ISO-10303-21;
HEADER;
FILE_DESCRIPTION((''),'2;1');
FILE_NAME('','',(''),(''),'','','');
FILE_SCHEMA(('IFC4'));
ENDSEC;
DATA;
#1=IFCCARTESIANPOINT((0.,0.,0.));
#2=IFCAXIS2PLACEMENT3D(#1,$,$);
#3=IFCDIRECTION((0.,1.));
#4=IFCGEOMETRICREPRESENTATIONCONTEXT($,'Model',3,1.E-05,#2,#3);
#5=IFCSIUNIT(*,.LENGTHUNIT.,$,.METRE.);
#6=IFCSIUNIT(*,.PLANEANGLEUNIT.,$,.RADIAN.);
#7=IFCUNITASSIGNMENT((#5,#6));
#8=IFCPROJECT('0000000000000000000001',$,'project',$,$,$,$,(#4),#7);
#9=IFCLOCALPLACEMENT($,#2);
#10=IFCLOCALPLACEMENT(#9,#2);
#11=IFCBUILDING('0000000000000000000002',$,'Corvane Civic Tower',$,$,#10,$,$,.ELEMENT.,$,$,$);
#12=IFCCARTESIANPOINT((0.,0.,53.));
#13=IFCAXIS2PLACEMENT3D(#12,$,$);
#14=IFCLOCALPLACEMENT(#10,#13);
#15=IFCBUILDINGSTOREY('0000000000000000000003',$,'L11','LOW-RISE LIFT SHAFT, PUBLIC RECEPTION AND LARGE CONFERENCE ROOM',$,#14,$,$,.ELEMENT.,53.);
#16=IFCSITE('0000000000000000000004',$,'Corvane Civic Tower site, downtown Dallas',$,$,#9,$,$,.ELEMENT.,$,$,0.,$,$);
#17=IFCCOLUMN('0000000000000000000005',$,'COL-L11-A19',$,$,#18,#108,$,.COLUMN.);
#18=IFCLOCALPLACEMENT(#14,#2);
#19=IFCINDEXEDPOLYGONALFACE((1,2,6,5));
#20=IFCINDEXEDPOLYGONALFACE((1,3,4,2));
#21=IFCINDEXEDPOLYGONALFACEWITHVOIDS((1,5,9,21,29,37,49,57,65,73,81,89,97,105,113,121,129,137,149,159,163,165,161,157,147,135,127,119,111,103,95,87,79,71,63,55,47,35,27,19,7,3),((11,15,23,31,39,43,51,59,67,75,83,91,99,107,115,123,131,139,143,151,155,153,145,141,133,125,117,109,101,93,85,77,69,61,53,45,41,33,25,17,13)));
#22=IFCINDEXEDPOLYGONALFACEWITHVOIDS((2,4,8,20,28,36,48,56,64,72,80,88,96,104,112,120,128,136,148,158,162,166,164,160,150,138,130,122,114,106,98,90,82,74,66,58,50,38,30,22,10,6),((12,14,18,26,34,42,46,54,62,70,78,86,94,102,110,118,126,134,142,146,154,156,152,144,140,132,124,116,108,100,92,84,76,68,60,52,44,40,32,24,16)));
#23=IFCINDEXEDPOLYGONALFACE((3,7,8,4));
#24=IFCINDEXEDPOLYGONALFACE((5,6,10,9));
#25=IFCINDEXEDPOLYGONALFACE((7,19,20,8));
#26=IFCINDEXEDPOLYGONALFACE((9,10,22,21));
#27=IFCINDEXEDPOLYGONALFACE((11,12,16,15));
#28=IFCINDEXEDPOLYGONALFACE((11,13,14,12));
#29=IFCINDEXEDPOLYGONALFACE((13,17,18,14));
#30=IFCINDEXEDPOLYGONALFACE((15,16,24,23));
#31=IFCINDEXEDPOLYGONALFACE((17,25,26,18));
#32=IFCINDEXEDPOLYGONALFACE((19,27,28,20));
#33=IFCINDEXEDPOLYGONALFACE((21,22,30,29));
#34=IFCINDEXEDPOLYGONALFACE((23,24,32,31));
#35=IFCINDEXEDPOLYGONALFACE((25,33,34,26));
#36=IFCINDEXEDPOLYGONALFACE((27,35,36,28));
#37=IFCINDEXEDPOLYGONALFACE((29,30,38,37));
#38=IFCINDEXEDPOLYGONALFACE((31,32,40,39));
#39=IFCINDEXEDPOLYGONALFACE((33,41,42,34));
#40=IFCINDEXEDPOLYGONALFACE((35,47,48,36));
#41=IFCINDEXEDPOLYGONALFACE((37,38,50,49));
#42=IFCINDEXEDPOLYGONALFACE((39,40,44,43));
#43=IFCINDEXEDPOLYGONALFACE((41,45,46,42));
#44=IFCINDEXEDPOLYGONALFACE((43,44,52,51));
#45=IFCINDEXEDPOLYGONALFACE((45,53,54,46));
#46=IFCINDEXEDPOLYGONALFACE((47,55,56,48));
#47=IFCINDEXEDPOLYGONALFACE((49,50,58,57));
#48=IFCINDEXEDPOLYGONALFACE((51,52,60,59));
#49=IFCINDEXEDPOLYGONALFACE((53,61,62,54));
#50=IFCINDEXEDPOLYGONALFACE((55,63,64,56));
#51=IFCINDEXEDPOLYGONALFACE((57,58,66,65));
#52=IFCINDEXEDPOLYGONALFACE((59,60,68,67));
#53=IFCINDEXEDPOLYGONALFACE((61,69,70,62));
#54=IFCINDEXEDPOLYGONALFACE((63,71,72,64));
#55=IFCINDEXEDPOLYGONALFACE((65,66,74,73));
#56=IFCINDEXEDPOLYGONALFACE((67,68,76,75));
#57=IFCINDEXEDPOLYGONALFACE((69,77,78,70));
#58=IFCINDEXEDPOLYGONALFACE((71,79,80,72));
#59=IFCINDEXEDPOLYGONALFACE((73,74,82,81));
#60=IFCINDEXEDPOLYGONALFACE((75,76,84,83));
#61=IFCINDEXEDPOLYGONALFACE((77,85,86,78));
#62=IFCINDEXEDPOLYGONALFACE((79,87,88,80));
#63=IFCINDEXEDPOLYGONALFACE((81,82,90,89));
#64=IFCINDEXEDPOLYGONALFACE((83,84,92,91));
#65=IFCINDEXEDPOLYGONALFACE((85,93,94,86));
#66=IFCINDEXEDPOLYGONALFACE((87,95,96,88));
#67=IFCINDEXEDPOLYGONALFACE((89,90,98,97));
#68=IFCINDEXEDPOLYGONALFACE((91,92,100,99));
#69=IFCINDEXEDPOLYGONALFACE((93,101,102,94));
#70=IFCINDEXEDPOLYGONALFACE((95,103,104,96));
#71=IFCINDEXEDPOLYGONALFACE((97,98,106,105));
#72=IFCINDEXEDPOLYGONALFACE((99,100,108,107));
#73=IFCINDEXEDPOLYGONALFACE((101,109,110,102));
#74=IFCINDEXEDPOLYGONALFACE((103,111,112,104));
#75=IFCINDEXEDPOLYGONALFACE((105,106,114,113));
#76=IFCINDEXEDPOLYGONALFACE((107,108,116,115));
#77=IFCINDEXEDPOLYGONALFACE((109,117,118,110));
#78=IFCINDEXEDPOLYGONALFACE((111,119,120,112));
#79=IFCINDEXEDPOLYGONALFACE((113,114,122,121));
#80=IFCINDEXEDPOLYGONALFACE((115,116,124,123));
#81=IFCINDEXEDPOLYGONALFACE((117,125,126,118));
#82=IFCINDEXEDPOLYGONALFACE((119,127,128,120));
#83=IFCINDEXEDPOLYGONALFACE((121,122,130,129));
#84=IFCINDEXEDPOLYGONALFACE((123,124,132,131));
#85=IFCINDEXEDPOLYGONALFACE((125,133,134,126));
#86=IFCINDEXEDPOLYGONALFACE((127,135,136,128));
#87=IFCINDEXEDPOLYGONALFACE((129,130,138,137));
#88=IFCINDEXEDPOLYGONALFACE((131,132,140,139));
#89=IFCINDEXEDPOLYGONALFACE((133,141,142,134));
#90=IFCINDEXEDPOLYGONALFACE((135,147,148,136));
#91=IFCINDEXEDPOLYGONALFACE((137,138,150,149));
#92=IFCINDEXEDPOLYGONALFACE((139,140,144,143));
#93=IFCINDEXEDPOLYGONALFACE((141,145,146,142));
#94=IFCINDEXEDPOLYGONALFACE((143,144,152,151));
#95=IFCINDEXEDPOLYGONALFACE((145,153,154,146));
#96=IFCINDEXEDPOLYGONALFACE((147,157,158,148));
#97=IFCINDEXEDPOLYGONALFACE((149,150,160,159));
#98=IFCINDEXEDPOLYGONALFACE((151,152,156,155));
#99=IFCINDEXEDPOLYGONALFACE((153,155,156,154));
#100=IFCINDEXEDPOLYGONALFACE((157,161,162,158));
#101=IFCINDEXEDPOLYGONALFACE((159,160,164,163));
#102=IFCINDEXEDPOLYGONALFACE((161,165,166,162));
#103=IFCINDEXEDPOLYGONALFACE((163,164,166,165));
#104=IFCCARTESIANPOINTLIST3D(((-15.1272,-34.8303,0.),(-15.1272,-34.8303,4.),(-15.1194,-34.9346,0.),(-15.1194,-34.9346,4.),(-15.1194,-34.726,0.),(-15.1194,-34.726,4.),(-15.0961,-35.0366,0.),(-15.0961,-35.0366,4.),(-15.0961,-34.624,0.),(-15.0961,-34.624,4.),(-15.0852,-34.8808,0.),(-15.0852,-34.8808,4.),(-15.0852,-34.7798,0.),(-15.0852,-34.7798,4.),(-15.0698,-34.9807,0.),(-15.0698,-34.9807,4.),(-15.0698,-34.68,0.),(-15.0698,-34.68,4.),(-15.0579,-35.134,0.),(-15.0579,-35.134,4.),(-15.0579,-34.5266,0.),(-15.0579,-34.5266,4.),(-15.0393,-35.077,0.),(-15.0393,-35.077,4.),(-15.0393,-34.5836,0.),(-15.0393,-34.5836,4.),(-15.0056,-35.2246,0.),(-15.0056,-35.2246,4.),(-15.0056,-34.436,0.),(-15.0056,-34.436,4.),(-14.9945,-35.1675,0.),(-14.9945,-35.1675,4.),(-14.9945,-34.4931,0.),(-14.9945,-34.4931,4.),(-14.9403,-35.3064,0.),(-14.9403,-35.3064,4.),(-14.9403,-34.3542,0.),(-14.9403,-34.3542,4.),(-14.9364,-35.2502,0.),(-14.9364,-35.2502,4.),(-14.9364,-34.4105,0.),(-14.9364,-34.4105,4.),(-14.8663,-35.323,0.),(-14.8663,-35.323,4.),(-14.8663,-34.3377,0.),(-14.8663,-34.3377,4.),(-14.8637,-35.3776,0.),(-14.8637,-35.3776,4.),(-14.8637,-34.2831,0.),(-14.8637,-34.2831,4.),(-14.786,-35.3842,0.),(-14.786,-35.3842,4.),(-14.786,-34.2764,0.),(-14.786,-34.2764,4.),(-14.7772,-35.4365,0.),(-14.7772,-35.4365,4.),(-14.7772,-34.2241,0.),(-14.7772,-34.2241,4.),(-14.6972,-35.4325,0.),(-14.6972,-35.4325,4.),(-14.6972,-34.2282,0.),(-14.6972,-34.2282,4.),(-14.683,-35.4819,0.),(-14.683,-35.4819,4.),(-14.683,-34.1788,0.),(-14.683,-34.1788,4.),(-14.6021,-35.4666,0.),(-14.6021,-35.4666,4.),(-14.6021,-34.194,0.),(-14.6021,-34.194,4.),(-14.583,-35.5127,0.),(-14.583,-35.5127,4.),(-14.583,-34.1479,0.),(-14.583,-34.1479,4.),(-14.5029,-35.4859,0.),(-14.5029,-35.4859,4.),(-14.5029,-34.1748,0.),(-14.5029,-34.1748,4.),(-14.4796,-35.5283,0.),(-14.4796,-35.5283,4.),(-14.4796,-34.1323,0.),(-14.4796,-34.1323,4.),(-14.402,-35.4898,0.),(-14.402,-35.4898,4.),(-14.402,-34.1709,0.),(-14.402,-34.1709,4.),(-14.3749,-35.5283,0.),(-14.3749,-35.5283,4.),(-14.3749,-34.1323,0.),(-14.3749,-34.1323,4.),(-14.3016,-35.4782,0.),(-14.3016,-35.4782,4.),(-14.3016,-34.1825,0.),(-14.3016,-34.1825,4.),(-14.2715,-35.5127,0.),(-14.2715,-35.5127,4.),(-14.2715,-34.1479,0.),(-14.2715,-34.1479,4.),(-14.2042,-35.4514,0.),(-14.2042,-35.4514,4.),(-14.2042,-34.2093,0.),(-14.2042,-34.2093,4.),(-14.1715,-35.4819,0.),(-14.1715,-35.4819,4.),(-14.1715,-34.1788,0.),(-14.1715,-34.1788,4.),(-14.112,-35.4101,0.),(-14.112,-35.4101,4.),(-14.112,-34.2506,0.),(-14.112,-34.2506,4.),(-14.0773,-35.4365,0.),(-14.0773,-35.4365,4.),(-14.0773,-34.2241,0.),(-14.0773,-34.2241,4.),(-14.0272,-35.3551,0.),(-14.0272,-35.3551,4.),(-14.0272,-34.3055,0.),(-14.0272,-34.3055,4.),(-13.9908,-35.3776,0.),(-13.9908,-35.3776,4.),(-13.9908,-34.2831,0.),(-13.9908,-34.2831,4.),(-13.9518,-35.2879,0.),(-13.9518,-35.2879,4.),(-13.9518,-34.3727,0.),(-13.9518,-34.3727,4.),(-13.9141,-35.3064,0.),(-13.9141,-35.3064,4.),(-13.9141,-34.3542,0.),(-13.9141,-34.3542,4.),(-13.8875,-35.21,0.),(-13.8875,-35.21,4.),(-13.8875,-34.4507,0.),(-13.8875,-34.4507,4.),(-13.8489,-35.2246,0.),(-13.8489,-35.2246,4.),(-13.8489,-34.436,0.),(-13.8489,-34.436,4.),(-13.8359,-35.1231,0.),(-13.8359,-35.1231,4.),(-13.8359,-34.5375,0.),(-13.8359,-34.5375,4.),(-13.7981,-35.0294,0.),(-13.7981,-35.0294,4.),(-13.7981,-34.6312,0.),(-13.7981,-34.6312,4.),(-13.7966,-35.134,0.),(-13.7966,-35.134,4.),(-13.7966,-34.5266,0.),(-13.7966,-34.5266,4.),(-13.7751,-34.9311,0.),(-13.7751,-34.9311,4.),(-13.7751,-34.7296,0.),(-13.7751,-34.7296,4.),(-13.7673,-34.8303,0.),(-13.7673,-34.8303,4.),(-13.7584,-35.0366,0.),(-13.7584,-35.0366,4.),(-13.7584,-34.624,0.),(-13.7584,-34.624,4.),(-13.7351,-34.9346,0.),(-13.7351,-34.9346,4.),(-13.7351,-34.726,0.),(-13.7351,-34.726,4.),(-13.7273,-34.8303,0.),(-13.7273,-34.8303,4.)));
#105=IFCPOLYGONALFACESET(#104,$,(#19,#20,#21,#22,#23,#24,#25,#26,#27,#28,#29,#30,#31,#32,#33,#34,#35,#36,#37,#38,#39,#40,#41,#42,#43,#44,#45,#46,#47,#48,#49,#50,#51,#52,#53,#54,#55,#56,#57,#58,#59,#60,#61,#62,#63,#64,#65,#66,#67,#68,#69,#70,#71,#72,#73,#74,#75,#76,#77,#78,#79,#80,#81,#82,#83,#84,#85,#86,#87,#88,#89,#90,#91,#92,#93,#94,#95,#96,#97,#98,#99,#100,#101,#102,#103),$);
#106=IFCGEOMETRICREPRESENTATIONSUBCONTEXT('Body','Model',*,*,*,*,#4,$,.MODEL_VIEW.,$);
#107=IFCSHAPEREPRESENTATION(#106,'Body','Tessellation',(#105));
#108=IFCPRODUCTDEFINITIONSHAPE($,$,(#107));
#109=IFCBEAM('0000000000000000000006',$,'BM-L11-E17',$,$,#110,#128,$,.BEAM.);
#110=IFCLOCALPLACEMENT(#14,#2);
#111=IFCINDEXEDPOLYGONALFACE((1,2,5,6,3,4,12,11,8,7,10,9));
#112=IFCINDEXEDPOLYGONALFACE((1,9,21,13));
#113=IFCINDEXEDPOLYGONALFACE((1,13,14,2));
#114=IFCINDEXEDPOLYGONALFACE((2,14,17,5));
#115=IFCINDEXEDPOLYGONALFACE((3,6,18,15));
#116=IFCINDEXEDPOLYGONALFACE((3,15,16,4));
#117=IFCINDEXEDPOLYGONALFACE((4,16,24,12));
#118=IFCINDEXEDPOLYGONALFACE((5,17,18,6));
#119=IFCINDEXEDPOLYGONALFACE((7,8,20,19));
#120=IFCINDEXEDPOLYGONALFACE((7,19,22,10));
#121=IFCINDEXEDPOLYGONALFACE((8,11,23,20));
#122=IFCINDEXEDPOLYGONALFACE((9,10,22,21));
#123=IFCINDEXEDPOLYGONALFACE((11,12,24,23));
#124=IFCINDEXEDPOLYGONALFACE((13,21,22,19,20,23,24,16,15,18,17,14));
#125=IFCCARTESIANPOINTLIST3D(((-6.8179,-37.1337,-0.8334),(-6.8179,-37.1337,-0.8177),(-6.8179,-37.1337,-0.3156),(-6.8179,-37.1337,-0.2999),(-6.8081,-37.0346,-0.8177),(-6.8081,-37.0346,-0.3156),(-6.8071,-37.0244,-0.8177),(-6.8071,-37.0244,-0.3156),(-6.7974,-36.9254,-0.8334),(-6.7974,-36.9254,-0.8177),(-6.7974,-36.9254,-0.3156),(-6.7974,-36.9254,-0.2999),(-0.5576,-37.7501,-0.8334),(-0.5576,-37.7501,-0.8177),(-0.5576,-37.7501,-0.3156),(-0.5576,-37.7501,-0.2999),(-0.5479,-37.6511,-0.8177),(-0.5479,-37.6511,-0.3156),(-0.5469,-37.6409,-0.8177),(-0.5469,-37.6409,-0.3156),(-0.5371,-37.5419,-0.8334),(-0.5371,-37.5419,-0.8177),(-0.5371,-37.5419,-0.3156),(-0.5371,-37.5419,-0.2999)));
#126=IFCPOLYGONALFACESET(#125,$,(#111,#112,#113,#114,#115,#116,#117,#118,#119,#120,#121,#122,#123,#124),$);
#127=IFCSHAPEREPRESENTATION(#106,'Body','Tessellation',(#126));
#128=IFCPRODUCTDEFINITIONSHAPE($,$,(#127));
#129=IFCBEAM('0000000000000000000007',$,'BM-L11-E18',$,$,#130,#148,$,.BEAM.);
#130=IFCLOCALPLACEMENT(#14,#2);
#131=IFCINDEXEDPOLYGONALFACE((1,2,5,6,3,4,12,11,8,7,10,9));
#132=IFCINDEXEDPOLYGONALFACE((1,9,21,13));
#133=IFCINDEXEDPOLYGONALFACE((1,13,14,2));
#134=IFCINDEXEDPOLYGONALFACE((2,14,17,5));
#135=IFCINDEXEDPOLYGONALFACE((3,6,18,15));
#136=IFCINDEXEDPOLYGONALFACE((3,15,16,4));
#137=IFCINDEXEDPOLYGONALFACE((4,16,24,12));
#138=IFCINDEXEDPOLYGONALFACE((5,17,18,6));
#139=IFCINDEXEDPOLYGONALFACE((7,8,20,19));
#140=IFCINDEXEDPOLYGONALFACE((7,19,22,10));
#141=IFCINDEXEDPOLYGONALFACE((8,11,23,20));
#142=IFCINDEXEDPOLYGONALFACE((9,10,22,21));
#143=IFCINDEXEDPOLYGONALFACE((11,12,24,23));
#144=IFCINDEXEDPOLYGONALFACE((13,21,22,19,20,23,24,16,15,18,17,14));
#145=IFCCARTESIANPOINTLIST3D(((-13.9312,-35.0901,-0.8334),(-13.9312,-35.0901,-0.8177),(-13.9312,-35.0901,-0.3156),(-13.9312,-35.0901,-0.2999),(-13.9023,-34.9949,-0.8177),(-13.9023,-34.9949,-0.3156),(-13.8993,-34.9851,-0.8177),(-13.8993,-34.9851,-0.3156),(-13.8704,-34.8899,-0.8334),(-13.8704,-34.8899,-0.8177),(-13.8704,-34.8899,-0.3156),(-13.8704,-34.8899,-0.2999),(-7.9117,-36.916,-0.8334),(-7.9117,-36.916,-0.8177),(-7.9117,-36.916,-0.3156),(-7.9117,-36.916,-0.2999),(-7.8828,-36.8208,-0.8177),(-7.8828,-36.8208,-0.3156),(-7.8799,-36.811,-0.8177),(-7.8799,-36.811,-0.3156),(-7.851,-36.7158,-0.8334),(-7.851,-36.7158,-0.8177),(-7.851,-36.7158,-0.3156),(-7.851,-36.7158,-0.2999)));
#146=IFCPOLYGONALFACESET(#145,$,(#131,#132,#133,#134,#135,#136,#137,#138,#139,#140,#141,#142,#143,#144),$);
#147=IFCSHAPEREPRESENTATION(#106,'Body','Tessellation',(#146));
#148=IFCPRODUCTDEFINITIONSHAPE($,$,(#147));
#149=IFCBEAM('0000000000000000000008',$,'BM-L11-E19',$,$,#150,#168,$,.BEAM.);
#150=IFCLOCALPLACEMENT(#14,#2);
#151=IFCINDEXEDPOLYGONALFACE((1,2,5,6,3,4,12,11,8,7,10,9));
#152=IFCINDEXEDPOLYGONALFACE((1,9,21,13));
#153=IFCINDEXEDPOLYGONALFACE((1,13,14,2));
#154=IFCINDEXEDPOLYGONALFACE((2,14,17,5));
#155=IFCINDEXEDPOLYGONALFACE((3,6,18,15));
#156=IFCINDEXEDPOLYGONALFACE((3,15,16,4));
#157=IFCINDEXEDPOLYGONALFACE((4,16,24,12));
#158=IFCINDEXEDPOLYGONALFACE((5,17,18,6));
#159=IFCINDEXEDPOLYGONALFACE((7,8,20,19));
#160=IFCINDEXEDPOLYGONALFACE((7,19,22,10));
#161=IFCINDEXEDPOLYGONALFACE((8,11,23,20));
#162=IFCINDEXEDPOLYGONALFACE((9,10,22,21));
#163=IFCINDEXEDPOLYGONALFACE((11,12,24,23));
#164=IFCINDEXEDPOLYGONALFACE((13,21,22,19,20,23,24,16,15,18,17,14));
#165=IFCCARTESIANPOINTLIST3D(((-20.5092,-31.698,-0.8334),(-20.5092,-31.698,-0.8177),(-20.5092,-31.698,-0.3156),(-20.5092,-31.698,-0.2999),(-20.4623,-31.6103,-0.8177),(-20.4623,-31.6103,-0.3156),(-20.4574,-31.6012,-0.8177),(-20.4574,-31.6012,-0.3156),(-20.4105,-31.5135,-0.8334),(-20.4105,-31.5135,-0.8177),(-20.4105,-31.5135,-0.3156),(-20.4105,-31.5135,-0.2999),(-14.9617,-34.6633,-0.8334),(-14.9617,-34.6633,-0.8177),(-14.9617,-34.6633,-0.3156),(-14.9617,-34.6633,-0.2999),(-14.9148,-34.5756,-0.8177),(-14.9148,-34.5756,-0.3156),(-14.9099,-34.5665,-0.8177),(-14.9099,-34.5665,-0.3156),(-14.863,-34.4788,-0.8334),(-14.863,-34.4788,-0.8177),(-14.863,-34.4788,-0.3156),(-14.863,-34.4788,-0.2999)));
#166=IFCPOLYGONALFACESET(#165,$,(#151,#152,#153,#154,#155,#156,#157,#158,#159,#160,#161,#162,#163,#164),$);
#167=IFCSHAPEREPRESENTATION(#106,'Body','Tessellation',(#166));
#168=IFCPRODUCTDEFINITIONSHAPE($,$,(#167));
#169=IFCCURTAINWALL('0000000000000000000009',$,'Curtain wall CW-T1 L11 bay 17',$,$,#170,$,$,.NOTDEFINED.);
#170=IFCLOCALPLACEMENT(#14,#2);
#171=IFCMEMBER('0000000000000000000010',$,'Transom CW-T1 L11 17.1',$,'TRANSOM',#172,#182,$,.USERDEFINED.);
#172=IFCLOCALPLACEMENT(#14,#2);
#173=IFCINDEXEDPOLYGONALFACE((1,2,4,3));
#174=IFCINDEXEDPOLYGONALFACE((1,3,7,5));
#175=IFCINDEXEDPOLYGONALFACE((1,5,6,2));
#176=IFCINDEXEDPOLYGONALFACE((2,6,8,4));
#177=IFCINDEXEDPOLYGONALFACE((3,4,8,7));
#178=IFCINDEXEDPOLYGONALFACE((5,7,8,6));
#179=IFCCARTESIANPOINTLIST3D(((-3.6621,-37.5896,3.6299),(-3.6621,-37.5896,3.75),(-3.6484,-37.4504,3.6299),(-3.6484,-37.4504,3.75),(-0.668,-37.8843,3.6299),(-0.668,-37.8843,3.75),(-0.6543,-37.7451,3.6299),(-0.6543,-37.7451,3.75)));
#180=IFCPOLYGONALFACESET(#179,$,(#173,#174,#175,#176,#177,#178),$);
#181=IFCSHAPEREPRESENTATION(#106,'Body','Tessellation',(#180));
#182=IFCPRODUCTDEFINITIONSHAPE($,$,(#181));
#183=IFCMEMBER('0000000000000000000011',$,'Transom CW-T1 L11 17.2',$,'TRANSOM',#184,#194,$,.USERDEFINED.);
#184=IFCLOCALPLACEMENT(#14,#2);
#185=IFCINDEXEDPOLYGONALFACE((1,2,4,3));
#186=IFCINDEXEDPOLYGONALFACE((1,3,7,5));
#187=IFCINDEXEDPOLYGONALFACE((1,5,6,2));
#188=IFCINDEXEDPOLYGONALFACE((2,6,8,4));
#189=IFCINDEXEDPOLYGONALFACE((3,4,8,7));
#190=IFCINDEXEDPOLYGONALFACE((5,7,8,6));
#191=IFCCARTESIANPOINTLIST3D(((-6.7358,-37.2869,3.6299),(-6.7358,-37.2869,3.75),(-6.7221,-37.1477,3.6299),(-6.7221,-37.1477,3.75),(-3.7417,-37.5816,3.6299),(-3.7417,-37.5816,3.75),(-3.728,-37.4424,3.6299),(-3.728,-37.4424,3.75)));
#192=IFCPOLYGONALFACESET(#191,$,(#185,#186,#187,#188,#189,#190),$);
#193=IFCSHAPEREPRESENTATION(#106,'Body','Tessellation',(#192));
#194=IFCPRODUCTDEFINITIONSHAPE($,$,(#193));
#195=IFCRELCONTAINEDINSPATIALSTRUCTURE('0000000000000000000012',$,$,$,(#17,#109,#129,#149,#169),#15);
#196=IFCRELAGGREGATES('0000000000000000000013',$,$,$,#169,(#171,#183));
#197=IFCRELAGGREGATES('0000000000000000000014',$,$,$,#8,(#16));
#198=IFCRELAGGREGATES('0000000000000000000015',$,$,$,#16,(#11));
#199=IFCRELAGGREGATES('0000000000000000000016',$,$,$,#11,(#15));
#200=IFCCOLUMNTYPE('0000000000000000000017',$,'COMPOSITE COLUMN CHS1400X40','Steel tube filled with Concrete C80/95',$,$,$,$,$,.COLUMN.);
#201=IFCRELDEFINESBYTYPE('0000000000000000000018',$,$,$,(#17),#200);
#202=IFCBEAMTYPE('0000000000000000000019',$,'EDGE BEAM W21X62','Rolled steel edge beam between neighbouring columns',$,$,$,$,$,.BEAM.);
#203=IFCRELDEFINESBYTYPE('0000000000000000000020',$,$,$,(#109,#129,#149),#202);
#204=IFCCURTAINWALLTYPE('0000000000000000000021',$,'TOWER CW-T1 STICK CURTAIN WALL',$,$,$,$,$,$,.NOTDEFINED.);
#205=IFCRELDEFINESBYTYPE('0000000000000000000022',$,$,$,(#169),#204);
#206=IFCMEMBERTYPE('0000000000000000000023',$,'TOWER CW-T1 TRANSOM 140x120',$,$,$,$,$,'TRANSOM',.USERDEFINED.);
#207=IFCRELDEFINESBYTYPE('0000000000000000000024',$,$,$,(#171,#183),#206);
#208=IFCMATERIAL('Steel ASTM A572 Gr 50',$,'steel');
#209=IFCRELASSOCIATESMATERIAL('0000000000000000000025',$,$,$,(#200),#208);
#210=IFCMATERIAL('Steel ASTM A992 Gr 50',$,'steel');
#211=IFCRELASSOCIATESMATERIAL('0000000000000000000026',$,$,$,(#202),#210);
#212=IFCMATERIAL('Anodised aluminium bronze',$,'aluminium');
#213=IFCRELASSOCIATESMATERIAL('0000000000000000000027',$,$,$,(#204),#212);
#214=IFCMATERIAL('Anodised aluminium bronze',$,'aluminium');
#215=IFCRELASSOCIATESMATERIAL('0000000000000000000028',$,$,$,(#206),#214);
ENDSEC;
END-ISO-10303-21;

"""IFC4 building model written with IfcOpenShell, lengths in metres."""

from ifc_helpers import new_model, si_unit, direction, frame, origin, origin_2d, place, context, subcontext, project, spatial, rectangle, hollow_circle, i_section, extrude, material, material_profile, profile_set, type_object, element, aggregate, save


model = new_model("IFC4")

# Units and contexts
model_context = context("Model", 3, precision=1e-05, world=origin(), true_north=direction((0.0, 1.0)))
body_context = subcontext(model_context, "Body", "Model", "MODEL_VIEW")
ifc_project = project(units=[si_unit("LENGTHUNIT", "METRE"), si_unit("PLANEANGLEUNIT", "RADIAN")], contexts=[model_context])

# Site, building, storey
site_placement = place(None, origin())
site = spatial("IfcSite", under=ifc_project, at=site_placement, Name="Corvane Civic Tower site, downtown Dallas", CompositionType="ELEMENT", RefElevation=0.0)
building_placement = place(site_placement, origin())
building = spatial("IfcBuilding", under=site, at=building_placement, Name="Corvane Civic Tower", CompositionType="ELEMENT")
storey_placement = place(building_placement, frame((0.0, 0.0, 53.0)))
storey = spatial("IfcBuildingStorey", under=building, at=storey_placement, Name="L11", Description="LOW-RISE LIFT SHAFT, PUBLIC RECEPTION AND LARGE CONFERENCE ROOM", CompositionType="ELEMENT", Elevation=53.0)

# Column
ifc_material_1 = material(Name="Steel ASTM A572 Gr 50", Category="steel")
ifc_material_profile_1 = material_profile(ifc_material_1, hollow_circle(Radius=0.7, WallThickness=0.04, at=origin_2d()), Name="CHS1400X40")
ifc_profile_set_1 = profile_set([ifc_material_profile_1], Name="Steel ASTM A572 Gr 50")
column_type = type_object("IfcColumnType", Name="COMPOSITE COLUMN CHS1400X40", Description="Steel tube filled with Concrete C80/95", PredefinedType="COLUMN", material=ifc_profile_set_1)
for number, where, z_axis, x_axis, name in (
    (1, (-14.4272, -34.8303, 0.0), (0.0, 0.0, 1.0), (1.0, 0.0, 0.0), "COL-L11-A19"),
):
    element("IfcColumn", number, at=place(storey_placement, frame(where, z_axis=z_axis, x_axis=x_axis)), inside=storey, type_object=column_type, Name=name, PredefinedType="COLUMN", context=body_context, shape_type="SweptSolid", body=[
        extrude(hollow_circle(Radius=0.7, WallThickness=0.04, at=origin_2d()), origin(), (0.0, 0.0, 1.0), 4.0),
    ])

# Beams
ifc_material_2 = material(Name="Steel ASTM A992 Gr 50", Category="steel")
ifc_material_profile_2 = material_profile(ifc_material_2, i_section(OverallWidth=0.2092, OverallDepth=0.5334, WebThickness=0.0103, FlangeThickness=0.0156, at=origin_2d()), Name="W21X62")
ifc_profile_set_2 = profile_set([ifc_material_profile_2], Name="Steel ASTM A992 Gr 50")
beam_type = type_object("IfcBeamType", Name="EDGE BEAM W21X62", Description="Rolled steel edge beam between neighbouring columns", PredefinedType="BEAM", material=ifc_profile_set_2)
beam_placement = place(storey_placement, frame((-0.5474, -37.646, -0.5667), z_axis=(-0.995187, 0.097997, 0.0), x_axis=(-0.097997, -0.995187, 0.0)))
element("IfcBeam", 2, at=beam_placement, inside=storey, type_object=beam_type, Name="BM-L11-E17", PredefinedType="BEAM", context=body_context, shape_type="SweptSolid", body=[
    extrude(i_section(OverallWidth=0.2092, OverallDepth=0.5334, WebThickness=0.0103, FlangeThickness=0.0156, at=origin_2d()), origin(), (0.0, 0.0, 1.0), 6.2905),
])
for number, where, z_axis, x_axis, name in (
    (3, (-7.8813, -36.8159, -0.5667), (-0.956944, 0.290273, 0.0), (-0.290273, -0.956944, 0.0), "BM-L11-E18"),
    (4, (-14.9124, -34.571, -0.5667), (-0.881916, 0.471406, 0.0), (-0.471406, -0.881916, 0.0), "BM-L11-E19"),
):
    element("IfcBeam", number, at=place(storey_placement, frame(where, z_axis=z_axis, x_axis=x_axis)), inside=storey, type_object=beam_type, Name=name, PredefinedType="BEAM", context=body_context, shape_type="SweptSolid", body=[
        extrude(i_section(OverallWidth=0.2092, OverallDepth=0.5334, WebThickness=0.0103, FlangeThickness=0.0156, at=origin_2d()), origin(), (0.0, 0.0, 1.0), 6.2903),
    ])

# Curtain wall, members
ifc_material_3 = material(Name="Anodised aluminium bronze", Category="aluminium")
curtain_wall_type = type_object("IfcCurtainWallType", Name="TOWER CW-T1 STICK CURTAIN WALL", PredefinedType="NOTDEFINED", material=ifc_material_3)
curtain_wall_1_placement = place(storey_placement, origin())
curtain_wall_1 = element("IfcCurtainWall", 5, at=curtain_wall_1_placement, inside=storey, type_object=curtain_wall_type, Name="Curtain wall CW-T1 L11 bay 17", PredefinedType="NOTDEFINED")
ifc_material_4 = material(Name="Anodised aluminium bronze", Category="aluminium")
ifc_material_profile_3 = material_profile(ifc_material_4, rectangle(XDim=0.1399, YDim=0.1201, at=origin_2d()), Name="TOWER CW-T1 TRANSOM 140x120")
ifc_profile_set_3 = profile_set([ifc_material_profile_3], Name="Anodised aluminium bronze")
member_type_1 = type_object("IfcMemberType", Name="TOWER CW-T1 TRANSOM 140x120", ElementType="TRANSOM", PredefinedType="USERDEFINED", material=ifc_profile_set_3)
member_1_placement = place(storey_placement, frame((-0.6611, -37.8147, 3.6899), z_axis=(-0.995192, 0.097945, 0.0), x_axis=(-0.097945, -0.995192, 0.0)))
member_1 = element("IfcMember", 6, at=member_1_placement, type_object=member_type_1, Name="Transom CW-T1 L11 17.1", ObjectType="TRANSOM", PredefinedType="USERDEFINED", context=body_context, shape_type="SweptSolid", body=[
    extrude(rectangle(XDim=0.1399, YDim=0.1201, at=origin_2d()), origin(), (0.0, 0.0, 1.0), 3.0085),
])
member_2_placement = place(storey_placement, frame((-3.7349, -37.512, 3.6899), z_axis=(-0.995192, 0.097945, 0.0), x_axis=(-0.097945, -0.995192, 0.0)))
member_2 = element("IfcMember", 7, at=member_2_placement, type_object=member_type_1, Name="Transom CW-T1 L11 17.2", ObjectType="TRANSOM", PredefinedType="USERDEFINED", context=body_context, shape_type="SweptSolid", body=[
    extrude(rectangle(XDim=0.1399, YDim=0.1201, at=origin_2d()), origin(), (0.0, 0.0, 1.0), 3.0085),
])

aggregate(curtain_wall_1, [member_1, member_2])

save(model, "model.ifc")
